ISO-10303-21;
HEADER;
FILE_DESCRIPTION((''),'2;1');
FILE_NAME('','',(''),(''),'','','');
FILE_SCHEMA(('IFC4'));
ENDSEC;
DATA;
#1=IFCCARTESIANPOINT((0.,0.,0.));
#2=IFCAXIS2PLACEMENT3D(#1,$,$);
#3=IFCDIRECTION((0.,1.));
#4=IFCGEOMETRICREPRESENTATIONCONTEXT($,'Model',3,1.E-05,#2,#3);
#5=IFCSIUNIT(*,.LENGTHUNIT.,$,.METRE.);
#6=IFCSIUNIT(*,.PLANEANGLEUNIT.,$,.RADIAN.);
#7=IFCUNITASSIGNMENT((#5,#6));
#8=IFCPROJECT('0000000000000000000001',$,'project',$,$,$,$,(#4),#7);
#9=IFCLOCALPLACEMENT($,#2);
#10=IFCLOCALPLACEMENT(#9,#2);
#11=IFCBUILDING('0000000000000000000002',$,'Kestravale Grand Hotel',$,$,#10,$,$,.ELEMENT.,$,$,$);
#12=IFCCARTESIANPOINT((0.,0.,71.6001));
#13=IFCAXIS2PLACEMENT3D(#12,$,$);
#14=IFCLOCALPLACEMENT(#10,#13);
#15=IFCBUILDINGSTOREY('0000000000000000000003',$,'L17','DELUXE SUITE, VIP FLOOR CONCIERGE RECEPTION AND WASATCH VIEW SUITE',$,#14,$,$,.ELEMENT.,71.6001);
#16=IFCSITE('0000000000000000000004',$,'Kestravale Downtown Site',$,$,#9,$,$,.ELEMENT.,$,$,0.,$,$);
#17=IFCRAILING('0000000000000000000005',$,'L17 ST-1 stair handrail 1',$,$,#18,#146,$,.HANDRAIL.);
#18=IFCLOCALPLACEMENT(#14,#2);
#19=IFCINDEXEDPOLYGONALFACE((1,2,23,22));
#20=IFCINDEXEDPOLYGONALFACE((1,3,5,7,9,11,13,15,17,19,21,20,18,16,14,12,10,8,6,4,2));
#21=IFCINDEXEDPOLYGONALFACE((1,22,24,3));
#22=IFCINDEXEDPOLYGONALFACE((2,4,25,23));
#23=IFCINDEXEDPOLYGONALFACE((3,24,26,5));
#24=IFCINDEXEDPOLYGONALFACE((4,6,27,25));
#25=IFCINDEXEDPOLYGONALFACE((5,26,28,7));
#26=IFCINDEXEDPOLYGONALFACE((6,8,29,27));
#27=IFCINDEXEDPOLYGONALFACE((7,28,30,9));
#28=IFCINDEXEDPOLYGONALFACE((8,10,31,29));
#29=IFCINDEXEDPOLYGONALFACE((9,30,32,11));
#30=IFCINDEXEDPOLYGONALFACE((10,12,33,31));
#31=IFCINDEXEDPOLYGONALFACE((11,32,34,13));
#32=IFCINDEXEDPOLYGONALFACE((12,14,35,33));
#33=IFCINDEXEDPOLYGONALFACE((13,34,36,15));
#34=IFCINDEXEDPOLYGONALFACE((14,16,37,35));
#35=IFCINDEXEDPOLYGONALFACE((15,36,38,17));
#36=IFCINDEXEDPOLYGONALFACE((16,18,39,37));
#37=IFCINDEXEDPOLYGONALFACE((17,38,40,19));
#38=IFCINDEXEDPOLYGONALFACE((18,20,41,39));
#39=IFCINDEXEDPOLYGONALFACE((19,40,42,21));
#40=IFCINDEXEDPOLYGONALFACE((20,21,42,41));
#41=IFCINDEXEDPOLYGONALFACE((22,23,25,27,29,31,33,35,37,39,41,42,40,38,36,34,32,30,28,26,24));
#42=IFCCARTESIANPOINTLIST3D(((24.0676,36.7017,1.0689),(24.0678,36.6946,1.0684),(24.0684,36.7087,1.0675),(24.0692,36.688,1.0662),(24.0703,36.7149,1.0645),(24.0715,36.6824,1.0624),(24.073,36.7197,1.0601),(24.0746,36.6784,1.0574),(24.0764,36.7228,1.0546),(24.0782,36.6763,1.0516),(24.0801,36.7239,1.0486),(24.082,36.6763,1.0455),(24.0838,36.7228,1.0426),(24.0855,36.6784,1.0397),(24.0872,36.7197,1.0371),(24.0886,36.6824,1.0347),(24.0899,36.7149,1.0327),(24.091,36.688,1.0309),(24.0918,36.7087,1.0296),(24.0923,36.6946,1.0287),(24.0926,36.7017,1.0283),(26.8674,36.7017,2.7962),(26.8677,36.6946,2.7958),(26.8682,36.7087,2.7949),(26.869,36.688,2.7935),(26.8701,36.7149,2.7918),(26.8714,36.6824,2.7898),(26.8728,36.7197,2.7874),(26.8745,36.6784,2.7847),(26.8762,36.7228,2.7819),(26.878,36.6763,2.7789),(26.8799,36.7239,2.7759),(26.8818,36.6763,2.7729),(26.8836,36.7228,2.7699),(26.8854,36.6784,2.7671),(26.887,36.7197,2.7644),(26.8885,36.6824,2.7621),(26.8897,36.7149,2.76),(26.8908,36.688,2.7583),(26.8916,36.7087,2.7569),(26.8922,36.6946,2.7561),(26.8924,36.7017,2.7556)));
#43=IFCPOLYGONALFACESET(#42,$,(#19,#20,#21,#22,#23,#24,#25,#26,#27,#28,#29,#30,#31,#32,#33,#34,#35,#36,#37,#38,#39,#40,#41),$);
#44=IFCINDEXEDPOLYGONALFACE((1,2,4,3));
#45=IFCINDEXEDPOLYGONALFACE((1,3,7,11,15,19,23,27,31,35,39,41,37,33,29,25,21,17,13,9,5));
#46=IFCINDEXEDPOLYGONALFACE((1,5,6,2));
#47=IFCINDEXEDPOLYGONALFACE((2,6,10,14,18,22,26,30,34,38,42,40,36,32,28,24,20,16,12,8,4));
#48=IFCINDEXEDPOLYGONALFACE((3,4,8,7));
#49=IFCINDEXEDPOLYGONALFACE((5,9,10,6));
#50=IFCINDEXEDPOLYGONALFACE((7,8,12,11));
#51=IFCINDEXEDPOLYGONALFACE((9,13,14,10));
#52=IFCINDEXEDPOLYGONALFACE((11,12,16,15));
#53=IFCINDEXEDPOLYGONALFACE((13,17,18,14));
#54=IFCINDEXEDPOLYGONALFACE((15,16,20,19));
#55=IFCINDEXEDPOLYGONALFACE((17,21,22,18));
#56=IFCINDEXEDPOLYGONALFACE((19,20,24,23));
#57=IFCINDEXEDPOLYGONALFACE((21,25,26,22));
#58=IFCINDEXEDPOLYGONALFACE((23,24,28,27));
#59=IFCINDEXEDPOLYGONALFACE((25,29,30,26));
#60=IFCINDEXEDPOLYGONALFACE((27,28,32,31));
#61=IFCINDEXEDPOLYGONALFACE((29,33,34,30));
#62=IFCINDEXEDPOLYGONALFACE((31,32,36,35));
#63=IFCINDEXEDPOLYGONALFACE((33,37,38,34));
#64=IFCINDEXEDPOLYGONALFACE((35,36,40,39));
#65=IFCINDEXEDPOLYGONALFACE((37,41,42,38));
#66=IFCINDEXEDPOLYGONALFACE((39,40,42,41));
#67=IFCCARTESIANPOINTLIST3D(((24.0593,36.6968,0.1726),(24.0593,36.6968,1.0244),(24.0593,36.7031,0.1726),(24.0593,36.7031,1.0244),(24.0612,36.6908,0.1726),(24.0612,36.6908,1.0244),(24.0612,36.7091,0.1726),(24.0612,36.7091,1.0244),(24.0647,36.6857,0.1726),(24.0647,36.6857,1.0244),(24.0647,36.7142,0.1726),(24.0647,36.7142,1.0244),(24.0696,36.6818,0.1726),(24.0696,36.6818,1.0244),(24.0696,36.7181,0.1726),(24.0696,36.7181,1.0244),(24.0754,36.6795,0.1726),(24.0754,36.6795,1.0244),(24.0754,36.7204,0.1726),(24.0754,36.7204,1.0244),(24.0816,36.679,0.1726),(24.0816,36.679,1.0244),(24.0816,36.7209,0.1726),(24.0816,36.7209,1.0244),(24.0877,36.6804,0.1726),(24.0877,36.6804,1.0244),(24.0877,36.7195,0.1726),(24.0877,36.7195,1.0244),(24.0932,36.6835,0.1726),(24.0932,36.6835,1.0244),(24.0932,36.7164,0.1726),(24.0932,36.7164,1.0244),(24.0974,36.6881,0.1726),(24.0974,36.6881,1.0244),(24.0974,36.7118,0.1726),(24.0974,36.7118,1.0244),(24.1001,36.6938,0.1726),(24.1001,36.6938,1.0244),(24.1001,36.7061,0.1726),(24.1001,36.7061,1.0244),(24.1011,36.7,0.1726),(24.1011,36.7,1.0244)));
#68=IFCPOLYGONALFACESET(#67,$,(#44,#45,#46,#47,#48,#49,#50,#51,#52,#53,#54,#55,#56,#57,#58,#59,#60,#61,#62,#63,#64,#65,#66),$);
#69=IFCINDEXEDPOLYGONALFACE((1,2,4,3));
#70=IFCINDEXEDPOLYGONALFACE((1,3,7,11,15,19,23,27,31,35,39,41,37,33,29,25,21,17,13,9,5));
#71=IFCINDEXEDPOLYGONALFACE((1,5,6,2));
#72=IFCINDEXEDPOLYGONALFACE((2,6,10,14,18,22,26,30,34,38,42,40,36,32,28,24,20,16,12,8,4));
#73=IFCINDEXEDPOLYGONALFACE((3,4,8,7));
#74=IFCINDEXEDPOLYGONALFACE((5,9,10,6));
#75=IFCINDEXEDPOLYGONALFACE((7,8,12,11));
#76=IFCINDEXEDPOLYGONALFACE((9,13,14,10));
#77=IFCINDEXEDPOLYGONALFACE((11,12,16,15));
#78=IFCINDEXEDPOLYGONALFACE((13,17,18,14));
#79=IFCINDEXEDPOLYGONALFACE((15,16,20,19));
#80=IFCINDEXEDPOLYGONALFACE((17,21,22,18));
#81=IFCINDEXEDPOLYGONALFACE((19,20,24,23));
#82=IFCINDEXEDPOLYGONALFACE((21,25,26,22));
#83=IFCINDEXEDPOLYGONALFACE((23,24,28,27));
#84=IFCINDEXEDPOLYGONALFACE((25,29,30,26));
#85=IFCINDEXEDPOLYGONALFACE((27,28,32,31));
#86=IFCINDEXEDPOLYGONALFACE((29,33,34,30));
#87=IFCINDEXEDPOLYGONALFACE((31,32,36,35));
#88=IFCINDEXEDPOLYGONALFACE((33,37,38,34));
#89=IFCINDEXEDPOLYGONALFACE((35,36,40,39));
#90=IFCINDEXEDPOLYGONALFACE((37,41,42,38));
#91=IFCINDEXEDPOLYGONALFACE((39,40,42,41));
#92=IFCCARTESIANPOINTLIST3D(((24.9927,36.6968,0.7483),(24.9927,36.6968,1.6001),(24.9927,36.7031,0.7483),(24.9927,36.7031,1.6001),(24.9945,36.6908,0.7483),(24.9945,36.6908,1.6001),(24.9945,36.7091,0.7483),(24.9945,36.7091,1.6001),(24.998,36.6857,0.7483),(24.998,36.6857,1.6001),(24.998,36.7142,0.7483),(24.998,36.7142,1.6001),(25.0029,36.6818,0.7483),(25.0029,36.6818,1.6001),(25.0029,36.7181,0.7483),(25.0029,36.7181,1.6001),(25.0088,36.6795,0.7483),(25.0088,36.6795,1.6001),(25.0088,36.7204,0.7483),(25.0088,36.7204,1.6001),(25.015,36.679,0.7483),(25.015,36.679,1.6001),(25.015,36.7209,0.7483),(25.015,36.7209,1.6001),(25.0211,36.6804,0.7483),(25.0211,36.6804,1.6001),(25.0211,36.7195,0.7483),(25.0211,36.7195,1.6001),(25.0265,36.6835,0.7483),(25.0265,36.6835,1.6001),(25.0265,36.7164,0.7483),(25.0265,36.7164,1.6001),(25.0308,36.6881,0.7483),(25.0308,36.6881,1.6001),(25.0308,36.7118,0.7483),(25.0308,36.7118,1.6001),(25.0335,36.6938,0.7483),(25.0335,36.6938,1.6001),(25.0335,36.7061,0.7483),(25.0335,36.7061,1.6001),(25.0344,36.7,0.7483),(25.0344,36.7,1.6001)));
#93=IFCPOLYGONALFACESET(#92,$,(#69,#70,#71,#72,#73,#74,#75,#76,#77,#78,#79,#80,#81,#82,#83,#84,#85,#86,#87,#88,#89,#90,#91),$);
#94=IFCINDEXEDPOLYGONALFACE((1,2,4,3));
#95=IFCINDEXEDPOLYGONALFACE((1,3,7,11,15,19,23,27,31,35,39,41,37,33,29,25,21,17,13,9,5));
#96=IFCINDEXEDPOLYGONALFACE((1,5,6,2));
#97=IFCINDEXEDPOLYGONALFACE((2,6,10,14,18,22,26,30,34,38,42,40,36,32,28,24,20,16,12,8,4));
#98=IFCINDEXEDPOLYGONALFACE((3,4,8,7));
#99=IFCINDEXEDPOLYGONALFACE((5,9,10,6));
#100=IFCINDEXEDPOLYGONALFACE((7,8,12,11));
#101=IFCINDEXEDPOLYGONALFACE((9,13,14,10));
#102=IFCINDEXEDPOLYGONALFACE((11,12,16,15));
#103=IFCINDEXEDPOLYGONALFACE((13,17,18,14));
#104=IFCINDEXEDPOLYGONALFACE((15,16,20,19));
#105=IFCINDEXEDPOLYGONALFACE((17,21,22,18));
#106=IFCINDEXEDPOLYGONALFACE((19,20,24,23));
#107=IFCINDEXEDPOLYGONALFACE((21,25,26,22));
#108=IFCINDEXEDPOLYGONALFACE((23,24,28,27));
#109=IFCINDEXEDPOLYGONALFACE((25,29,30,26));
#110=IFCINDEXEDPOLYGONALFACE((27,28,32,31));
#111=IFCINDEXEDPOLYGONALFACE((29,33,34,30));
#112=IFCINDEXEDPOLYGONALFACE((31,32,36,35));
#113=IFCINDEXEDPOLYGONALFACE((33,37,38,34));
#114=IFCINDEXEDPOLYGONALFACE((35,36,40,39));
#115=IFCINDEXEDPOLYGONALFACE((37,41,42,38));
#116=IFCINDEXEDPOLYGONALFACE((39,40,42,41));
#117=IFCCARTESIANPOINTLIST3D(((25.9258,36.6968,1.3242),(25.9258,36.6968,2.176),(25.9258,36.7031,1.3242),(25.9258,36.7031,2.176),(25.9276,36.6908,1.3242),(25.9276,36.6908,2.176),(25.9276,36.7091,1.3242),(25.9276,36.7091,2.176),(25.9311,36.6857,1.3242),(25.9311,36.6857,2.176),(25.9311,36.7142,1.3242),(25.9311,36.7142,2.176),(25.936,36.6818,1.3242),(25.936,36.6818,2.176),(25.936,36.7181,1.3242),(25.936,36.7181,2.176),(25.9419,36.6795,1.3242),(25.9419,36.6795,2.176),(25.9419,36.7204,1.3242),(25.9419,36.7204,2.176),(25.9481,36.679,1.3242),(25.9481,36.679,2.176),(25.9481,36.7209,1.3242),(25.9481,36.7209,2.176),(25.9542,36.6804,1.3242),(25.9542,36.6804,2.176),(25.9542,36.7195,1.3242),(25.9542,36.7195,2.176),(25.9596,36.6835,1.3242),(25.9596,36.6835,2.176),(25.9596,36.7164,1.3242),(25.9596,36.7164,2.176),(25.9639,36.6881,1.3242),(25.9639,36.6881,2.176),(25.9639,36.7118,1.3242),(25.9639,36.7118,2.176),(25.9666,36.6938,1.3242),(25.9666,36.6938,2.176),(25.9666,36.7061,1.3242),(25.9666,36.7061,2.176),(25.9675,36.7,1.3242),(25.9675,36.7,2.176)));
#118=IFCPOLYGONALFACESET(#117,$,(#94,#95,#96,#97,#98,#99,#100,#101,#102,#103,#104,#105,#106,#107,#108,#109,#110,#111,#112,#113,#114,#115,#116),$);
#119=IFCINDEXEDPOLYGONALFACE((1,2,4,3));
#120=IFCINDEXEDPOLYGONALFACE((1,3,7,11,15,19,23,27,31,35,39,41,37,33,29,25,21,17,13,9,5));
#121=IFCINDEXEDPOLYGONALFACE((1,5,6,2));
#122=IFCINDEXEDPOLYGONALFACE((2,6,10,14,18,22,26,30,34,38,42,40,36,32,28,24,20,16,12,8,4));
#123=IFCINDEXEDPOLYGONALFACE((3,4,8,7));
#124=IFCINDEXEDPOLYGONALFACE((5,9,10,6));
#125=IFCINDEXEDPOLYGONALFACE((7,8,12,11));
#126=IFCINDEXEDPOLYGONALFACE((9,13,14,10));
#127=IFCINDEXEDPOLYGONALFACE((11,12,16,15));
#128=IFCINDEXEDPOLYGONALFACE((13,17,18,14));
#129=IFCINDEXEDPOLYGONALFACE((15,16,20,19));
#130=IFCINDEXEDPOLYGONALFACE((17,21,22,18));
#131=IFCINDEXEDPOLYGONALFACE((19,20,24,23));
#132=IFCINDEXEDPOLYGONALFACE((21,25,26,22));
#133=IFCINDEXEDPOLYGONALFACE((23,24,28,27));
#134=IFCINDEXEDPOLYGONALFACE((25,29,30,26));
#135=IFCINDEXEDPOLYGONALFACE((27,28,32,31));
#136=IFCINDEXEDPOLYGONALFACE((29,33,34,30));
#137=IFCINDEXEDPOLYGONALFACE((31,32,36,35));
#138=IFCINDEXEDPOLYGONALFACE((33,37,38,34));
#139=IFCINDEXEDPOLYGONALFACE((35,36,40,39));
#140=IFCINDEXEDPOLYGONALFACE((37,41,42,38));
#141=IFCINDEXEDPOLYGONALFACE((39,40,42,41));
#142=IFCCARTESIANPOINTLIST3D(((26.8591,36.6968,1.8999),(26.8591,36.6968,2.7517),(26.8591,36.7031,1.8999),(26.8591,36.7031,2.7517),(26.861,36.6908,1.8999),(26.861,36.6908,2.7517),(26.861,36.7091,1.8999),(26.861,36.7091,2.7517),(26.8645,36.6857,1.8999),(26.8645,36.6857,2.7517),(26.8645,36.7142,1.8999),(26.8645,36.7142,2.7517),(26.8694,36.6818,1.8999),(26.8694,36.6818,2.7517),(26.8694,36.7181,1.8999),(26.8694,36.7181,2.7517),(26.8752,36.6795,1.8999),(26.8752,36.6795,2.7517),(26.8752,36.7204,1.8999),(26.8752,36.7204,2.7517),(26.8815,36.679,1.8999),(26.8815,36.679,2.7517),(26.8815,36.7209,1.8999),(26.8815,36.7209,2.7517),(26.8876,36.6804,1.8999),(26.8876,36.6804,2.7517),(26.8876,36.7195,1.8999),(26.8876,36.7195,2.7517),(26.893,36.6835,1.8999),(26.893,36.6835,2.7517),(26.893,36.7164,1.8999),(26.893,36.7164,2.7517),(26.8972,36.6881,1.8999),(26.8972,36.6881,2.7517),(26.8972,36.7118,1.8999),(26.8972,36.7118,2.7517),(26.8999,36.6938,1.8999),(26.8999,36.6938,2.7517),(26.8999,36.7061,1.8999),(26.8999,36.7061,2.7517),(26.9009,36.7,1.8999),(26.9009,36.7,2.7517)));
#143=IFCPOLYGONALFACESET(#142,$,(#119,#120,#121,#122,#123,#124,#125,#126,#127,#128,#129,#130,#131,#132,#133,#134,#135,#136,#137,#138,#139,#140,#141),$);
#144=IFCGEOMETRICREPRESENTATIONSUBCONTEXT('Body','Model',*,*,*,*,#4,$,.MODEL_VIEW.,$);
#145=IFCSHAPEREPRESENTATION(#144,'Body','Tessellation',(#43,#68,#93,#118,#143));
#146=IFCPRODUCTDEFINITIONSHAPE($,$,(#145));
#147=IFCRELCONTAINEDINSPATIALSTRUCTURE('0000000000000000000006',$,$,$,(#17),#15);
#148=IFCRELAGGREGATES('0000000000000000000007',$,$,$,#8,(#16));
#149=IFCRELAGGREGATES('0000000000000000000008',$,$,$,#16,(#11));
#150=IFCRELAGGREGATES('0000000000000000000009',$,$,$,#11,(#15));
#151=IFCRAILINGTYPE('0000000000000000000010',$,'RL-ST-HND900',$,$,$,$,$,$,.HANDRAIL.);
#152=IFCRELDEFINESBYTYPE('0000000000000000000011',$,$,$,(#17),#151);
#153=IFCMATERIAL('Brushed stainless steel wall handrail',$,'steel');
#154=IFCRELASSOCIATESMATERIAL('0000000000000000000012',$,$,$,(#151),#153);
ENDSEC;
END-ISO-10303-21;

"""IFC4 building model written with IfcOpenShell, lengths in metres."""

from ifc_helpers import new_model, si_unit, direction, frame, origin, origin_2d, place, context, subcontext, project, spatial, circle, extrude, material, type_object, element, save


model = new_model("IFC4")

# Units and contexts
model_context = context("Model", 3, precision=1e-05, world=origin(), true_north=direction((0.0, 1.0)))
body_context = subcontext(model_context, "Body", "Model", "MODEL_VIEW")
ifc_project = project(units=[si_unit("LENGTHUNIT", "METRE"), si_unit("PLANEANGLEUNIT", "RADIAN")], contexts=[model_context])

# Site, building, storey
site_placement = place(None, origin())
site = spatial("IfcSite", under=ifc_project, at=site_placement, Name="Kestravale Downtown Site", CompositionType="ELEMENT", RefElevation=0.0)
building_placement = place(site_placement, origin())
building = spatial("IfcBuilding", under=site, at=building_placement, Name="Kestravale Grand Hotel", CompositionType="ELEMENT")
storey_placement = place(building_placement, frame((0.0, 0.0, 71.6001)))
storey = spatial("IfcBuildingStorey", under=building, at=storey_placement, Name="L17", Description="DELUXE SUITE, VIP FLOOR CONCIERGE RECEPTION AND WASATCH VIEW SUITE", CompositionType="ELEMENT", Elevation=71.6001)

# Railing
ifc_material_1 = material(Name="Brushed stainless steel wall handrail", Category="steel")
railing_type_1 = type_object("IfcRailingType", Name="RL-ST-HND900", PredefinedType="HANDRAIL", material=ifc_material_1)
railing_1_placement = place(storey_placement, frame((24.0801, 36.7, 0.1726)))
element("IfcRailing", 1, at=railing_1_placement, inside=storey, type_object=railing_type_1, Name="L17 ST-1 stair handrail 1", PredefinedType="HANDRAIL", context=body_context, shape_type="SweptSolid", body=[
    extrude(circle(Radius=0.0239, at=origin_2d()), frame((0.0, 0.0, 0.876), z_axis=(0.851069, 0.0, 0.525054), x_axis=(0.0, 1.0, 0.0)), (0.0, 0.0, 1.0), 3.2898),
    extrude(circle(Radius=0.021, at=origin_2d()), origin(), (0.0, 0.0, 1.0), 0.8518),
    extrude(circle(Radius=0.021, at=origin_2d()), frame((0.9333, 0.0, 0.5757)), (0.0, 0.0, 1.0), 0.8518),
    extrude(circle(Radius=0.021, at=origin_2d()), frame((1.8665, 0.0, 1.1516)), (0.0, 0.0, 1.0), 0.8518),
    extrude(circle(Radius=0.021, at=origin_2d()), frame((2.7998, 0.0, 1.7273)), (0.0, 0.0, 1.0), 0.8518),
])

save(model, "model.ifc")
